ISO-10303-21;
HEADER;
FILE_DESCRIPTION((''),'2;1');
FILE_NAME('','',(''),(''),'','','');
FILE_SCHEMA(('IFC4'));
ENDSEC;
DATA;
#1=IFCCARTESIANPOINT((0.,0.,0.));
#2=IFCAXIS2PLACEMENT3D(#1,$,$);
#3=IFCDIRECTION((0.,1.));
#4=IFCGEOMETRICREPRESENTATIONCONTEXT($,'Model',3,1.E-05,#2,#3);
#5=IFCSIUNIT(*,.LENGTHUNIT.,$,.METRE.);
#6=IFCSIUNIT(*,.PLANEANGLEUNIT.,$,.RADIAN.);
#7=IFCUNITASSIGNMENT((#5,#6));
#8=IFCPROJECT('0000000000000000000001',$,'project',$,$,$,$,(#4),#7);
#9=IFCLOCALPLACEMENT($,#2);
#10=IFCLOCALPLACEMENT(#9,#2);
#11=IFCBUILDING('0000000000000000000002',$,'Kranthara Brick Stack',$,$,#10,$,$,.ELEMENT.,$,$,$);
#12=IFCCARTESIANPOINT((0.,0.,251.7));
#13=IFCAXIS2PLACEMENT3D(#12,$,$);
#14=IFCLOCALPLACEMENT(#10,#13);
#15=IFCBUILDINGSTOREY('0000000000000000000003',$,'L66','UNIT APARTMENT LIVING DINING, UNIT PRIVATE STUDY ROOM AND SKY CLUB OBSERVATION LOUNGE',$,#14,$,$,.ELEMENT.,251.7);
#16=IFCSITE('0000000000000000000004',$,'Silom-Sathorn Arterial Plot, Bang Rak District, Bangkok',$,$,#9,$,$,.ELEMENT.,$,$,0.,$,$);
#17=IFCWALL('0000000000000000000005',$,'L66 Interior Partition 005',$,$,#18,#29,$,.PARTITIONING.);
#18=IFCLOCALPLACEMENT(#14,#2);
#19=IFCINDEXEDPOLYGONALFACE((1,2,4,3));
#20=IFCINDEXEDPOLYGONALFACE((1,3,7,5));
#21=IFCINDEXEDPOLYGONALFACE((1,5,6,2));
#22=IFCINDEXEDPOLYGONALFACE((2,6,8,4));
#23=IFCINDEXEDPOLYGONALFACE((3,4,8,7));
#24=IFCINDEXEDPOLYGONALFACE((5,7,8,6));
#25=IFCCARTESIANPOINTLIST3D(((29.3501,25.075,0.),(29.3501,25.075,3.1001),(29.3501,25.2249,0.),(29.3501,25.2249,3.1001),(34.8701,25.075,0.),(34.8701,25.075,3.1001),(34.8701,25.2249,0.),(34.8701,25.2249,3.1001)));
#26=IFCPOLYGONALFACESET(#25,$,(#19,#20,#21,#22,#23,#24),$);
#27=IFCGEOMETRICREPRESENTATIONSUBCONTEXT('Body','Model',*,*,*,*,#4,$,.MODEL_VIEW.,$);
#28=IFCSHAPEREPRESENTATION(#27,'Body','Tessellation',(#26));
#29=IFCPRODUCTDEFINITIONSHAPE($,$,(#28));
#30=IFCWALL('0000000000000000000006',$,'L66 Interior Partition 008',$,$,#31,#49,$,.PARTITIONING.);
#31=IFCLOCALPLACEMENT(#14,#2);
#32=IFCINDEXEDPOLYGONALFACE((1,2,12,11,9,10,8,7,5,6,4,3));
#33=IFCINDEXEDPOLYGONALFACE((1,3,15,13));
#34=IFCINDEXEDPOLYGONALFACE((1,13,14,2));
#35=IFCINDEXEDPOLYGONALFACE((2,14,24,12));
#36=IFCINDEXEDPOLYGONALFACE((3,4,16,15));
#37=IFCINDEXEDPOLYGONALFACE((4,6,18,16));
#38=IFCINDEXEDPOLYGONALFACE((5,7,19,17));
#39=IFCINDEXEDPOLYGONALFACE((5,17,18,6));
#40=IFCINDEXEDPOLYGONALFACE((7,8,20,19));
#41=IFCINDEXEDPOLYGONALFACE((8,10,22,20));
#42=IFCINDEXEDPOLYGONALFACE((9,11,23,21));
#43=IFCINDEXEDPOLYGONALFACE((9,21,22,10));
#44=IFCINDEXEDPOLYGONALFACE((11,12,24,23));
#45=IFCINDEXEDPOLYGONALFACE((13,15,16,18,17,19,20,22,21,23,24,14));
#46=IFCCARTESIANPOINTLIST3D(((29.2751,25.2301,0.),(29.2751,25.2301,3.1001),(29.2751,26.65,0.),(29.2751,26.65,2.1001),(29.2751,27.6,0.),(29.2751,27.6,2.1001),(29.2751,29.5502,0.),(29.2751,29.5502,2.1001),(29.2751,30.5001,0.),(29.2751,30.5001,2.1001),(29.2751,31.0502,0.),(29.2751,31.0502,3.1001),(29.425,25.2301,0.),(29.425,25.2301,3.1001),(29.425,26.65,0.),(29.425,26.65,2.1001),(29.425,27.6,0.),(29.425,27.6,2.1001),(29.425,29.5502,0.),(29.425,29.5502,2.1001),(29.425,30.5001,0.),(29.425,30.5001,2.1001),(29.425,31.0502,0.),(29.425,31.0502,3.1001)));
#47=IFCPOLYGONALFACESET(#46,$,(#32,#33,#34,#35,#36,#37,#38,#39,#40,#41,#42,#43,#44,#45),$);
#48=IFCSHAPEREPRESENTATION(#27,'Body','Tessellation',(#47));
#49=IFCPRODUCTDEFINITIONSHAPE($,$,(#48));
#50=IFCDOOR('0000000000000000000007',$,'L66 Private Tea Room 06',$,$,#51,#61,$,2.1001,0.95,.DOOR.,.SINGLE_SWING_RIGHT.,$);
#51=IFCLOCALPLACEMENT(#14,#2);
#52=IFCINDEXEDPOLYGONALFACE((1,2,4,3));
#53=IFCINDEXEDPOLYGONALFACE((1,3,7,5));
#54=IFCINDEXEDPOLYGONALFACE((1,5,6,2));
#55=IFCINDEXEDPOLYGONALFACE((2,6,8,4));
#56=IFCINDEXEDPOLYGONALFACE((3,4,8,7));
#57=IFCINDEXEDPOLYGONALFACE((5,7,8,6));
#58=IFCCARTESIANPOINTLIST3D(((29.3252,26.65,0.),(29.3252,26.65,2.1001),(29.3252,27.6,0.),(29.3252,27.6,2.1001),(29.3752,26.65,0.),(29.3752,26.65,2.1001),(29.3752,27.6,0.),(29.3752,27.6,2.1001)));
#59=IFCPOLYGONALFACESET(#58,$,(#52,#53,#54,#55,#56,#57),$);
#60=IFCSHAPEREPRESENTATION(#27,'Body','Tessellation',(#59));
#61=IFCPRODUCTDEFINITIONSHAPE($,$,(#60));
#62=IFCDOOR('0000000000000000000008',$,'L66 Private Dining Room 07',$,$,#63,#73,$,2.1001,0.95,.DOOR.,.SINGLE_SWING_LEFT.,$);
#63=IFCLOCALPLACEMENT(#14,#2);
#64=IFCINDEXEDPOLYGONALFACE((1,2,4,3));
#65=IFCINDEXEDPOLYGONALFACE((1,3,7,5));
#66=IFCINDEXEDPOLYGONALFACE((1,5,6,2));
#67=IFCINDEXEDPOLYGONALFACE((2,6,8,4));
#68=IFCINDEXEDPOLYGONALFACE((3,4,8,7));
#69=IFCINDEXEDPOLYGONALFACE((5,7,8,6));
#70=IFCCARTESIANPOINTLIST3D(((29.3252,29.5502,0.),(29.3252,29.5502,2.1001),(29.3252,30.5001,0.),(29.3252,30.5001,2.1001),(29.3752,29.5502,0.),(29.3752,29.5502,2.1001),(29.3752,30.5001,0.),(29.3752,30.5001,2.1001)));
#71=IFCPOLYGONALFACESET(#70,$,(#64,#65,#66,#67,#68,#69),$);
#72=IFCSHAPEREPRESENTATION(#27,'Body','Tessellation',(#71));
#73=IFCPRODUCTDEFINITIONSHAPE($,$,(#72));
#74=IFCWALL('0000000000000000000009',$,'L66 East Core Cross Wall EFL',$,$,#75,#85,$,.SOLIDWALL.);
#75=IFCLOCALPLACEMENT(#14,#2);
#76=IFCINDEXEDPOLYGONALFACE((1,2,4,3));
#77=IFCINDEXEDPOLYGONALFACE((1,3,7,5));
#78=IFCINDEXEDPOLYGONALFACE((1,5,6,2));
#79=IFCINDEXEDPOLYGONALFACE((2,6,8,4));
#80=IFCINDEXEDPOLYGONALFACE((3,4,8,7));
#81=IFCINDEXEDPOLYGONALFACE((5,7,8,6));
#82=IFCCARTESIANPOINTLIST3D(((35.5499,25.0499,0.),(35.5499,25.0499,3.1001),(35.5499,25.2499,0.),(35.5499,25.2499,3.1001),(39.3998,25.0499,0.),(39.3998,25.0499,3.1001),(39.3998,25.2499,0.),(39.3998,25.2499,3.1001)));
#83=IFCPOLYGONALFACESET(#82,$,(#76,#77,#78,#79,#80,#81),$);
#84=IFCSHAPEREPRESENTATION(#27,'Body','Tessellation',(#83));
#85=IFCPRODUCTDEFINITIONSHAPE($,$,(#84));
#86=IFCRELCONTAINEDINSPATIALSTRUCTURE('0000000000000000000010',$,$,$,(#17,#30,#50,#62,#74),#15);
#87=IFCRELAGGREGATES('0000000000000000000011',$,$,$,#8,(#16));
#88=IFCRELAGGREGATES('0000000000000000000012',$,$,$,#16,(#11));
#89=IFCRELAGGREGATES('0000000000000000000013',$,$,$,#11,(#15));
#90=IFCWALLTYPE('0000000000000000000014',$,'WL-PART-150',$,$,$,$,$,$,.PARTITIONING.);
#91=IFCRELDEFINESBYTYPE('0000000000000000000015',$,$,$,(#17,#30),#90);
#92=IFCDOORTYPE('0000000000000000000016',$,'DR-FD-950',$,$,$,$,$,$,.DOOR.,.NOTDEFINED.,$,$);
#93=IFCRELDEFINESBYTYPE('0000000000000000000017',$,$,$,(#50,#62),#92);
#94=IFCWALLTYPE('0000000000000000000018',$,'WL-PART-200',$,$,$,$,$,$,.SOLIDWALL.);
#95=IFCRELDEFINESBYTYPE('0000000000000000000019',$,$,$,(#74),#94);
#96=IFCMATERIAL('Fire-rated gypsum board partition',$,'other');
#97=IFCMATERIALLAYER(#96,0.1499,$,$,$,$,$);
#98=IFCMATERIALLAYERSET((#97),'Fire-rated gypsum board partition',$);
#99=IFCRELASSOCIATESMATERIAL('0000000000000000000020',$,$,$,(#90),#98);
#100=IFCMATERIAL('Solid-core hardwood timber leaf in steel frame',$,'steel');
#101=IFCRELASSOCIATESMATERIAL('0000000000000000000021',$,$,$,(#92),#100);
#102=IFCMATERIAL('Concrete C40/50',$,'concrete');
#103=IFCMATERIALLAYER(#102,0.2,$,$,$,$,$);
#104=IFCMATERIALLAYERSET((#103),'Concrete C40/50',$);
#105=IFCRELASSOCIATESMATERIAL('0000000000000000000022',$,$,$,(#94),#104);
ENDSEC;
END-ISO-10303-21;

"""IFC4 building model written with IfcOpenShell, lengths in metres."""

from ifc_helpers import new_model, si_unit, direction, frame, frame_2d, origin, place, context, subcontext, project, spatial, rectangle, extrude, material, layer, layer_set, type_object, element, fill, save


model = new_model("IFC4")

# Units and contexts
model_context = context("Model", 3, precision=1e-05, world=origin(), true_north=direction((0.0, 1.0)))
body_context = subcontext(model_context, "Body", "Model", "MODEL_VIEW")
ifc_project = project(units=[si_unit("LENGTHUNIT", "METRE"), si_unit("PLANEANGLEUNIT", "RADIAN")], contexts=[model_context])

# Site, building, storey
site_placement = place(None, origin())
site = spatial("IfcSite", under=ifc_project, at=site_placement, Name="Silom-Sathorn Arterial Plot, Bang Rak District, Bangkok", CompositionType="ELEMENT", RefElevation=0.0)
building_placement = place(site_placement, origin())
building = spatial("IfcBuilding", under=site, at=building_placement, Name="Kranthara Brick Stack", CompositionType="ELEMENT")
storey_placement = place(building_placement, frame((0.0, 0.0, 251.7)))
storey = spatial("IfcBuildingStorey", under=building, at=storey_placement, Name="L66", Description="UNIT APARTMENT LIVING DINING, UNIT PRIVATE STUDY ROOM AND SKY CLUB OBSERVATION LOUNGE", CompositionType="ELEMENT", Elevation=251.7)

# Wall
ifc_material_1 = material(Name="Fire-rated gypsum board partition", Category="other")
ifc_layer_1 = layer(ifc_material_1, 0.1499)
ifc_layer_set_1 = layer_set([ifc_layer_1], Name="Fire-rated gypsum board partition")
wall_type_1 = type_object("IfcWallType", Name="WL-PART-150", PredefinedType="PARTITIONING", material=ifc_layer_set_1)
wall_1_placement = place(storey_placement, frame((29.3501, 25.1499, 0.0), z_axis=(0.0, 0.0, 1.0), x_axis=(1.0, 0.0, 0.0)))
element("IfcWall", 1, at=wall_1_placement, inside=storey, type_object=wall_type_1, Name="L66 Interior Partition 005", PredefinedType="PARTITIONING", context=body_context, shape_type="SweptSolid", body=[
    extrude(rectangle(XDim=5.52, YDim=0.1499, at=frame_2d((2.76, 0.0))), origin(), (0.0, 0.0, 1.0), 3.1001),
])

# Wall, openings, doors
wall_2_placement = place(storey_placement, frame((29.3501, 25.23, 0.0), z_axis=(0.0, 0.0, 1.0), x_axis=(0.0, 1.0, 0.0)))
wall_2 = element("IfcWall", 2, at=wall_2_placement, inside=storey, type_object=wall_type_1, Name="L66 Interior Partition 008", PredefinedType="PARTITIONING", context=body_context, shape_type="SweptSolid", body=[
    extrude(rectangle(XDim=5.8201, YDim=0.1499, at=frame_2d((2.9102, 0.0))), origin(), (0.0, 0.0, 1.0), 3.1001),
])
opening_1_placement = place(wall_2_placement, frame((1.4199, 0.0, 0.0)))
opening_1 = element("IfcOpeningElement", 3, at=opening_1_placement, cuts=wall_2, PredefinedType="OPENING", context=body_context, shape_type="SweptSolid", body=[
    extrude(rectangle(XDim=0.95, YDim=2.1001, at=frame_2d((0.4751, 1.05))), frame((0.0, 0.085, 0.0), z_axis=(0.0, -1.0, 0.0), x_axis=(1.0, 0.0, 0.0)), (0.0, 0.0, 1.0), 0.1699),
])
opening_2_placement = place(wall_2_placement, frame((4.3201, 0.0, 0.0)))
opening_2 = element("IfcOpeningElement", 4, at=opening_2_placement, cuts=wall_2, PredefinedType="OPENING", context=body_context, shape_type="SweptSolid", body=[
    extrude(rectangle(XDim=0.95, YDim=2.1001, at=frame_2d((0.4751, 1.05))), frame((0.0, 0.085, 0.0), z_axis=(0.0, -1.0, 0.0), x_axis=(1.0, 0.0, 0.0)), (0.0, 0.0, 1.0), 0.1699),
])
ifc_material_2 = material(Name="Solid-core hardwood timber leaf in steel frame", Category="steel")
door_type_1 = type_object("IfcDoorType", Name="DR-FD-950", OperationType="NOTDEFINED", PredefinedType="DOOR", material=ifc_material_2)
door_1_placement = place(opening_1_placement, origin())
door_1 = element("IfcDoor", 5, at=door_1_placement, inside=storey, type_object=door_type_1, Name="L66 Private Tea Room 06", OperationType="SINGLE_SWING_RIGHT", OverallHeight=2.1001, OverallWidth=0.95, PredefinedType="DOOR", context=body_context, shape_type="SweptSolid", body=[
    extrude(rectangle(XDim=0.95, YDim=2.1001, at=frame_2d((0.4751, 1.05))), frame((0.0, 0.0249, 0.0), z_axis=(0.0, -1.0, 0.0), x_axis=(1.0, 0.0, 0.0)), (0.0, 0.0, 1.0), 0.05),
])
fill(opening_1, door_1)
door_2_placement = place(opening_2_placement, origin())
door_2 = element("IfcDoor", 6, at=door_2_placement, inside=storey, type_object=door_type_1, Name="L66 Private Dining Room 07", OperationType="SINGLE_SWING_LEFT", OverallHeight=2.1001, OverallWidth=0.95, PredefinedType="DOOR", context=body_context, shape_type="SweptSolid", body=[
    extrude(rectangle(XDim=0.95, YDim=2.1001, at=frame_2d((0.4751, 1.05))), frame((0.0, 0.0249, 0.0), z_axis=(0.0, -1.0, 0.0), x_axis=(1.0, 0.0, 0.0)), (0.0, 0.0, 1.0), 0.05),
])
fill(opening_2, door_2)

# Wall
ifc_material_3 = material(Name="Concrete C40/50", Category="concrete")
ifc_layer_2 = layer(ifc_material_3, 0.2)
ifc_layer_set_2 = layer_set([ifc_layer_2], Name="Concrete C40/50")
wall_type_2 = type_object("IfcWallType", Name="WL-PART-200", PredefinedType="SOLIDWALL", material=ifc_layer_set_2)
wall_3_placement = place(storey_placement, frame((35.55, 25.1499, 0.0), z_axis=(0.0, 0.0, 1.0), x_axis=(1.0, 0.0, 0.0)))
element("IfcWall", 7, at=wall_3_placement, inside=storey, type_object=wall_type_2, Name="L66 East Core Cross Wall EFL", PredefinedType="SOLIDWALL", context=body_context, shape_type="SweptSolid", body=[
    extrude(rectangle(XDim=3.8499, YDim=0.2, at=frame_2d((1.9248, 0.0))), origin(), (0.0, 0.0, 1.0), 3.1001),
])

save(model, "model.ifc")
